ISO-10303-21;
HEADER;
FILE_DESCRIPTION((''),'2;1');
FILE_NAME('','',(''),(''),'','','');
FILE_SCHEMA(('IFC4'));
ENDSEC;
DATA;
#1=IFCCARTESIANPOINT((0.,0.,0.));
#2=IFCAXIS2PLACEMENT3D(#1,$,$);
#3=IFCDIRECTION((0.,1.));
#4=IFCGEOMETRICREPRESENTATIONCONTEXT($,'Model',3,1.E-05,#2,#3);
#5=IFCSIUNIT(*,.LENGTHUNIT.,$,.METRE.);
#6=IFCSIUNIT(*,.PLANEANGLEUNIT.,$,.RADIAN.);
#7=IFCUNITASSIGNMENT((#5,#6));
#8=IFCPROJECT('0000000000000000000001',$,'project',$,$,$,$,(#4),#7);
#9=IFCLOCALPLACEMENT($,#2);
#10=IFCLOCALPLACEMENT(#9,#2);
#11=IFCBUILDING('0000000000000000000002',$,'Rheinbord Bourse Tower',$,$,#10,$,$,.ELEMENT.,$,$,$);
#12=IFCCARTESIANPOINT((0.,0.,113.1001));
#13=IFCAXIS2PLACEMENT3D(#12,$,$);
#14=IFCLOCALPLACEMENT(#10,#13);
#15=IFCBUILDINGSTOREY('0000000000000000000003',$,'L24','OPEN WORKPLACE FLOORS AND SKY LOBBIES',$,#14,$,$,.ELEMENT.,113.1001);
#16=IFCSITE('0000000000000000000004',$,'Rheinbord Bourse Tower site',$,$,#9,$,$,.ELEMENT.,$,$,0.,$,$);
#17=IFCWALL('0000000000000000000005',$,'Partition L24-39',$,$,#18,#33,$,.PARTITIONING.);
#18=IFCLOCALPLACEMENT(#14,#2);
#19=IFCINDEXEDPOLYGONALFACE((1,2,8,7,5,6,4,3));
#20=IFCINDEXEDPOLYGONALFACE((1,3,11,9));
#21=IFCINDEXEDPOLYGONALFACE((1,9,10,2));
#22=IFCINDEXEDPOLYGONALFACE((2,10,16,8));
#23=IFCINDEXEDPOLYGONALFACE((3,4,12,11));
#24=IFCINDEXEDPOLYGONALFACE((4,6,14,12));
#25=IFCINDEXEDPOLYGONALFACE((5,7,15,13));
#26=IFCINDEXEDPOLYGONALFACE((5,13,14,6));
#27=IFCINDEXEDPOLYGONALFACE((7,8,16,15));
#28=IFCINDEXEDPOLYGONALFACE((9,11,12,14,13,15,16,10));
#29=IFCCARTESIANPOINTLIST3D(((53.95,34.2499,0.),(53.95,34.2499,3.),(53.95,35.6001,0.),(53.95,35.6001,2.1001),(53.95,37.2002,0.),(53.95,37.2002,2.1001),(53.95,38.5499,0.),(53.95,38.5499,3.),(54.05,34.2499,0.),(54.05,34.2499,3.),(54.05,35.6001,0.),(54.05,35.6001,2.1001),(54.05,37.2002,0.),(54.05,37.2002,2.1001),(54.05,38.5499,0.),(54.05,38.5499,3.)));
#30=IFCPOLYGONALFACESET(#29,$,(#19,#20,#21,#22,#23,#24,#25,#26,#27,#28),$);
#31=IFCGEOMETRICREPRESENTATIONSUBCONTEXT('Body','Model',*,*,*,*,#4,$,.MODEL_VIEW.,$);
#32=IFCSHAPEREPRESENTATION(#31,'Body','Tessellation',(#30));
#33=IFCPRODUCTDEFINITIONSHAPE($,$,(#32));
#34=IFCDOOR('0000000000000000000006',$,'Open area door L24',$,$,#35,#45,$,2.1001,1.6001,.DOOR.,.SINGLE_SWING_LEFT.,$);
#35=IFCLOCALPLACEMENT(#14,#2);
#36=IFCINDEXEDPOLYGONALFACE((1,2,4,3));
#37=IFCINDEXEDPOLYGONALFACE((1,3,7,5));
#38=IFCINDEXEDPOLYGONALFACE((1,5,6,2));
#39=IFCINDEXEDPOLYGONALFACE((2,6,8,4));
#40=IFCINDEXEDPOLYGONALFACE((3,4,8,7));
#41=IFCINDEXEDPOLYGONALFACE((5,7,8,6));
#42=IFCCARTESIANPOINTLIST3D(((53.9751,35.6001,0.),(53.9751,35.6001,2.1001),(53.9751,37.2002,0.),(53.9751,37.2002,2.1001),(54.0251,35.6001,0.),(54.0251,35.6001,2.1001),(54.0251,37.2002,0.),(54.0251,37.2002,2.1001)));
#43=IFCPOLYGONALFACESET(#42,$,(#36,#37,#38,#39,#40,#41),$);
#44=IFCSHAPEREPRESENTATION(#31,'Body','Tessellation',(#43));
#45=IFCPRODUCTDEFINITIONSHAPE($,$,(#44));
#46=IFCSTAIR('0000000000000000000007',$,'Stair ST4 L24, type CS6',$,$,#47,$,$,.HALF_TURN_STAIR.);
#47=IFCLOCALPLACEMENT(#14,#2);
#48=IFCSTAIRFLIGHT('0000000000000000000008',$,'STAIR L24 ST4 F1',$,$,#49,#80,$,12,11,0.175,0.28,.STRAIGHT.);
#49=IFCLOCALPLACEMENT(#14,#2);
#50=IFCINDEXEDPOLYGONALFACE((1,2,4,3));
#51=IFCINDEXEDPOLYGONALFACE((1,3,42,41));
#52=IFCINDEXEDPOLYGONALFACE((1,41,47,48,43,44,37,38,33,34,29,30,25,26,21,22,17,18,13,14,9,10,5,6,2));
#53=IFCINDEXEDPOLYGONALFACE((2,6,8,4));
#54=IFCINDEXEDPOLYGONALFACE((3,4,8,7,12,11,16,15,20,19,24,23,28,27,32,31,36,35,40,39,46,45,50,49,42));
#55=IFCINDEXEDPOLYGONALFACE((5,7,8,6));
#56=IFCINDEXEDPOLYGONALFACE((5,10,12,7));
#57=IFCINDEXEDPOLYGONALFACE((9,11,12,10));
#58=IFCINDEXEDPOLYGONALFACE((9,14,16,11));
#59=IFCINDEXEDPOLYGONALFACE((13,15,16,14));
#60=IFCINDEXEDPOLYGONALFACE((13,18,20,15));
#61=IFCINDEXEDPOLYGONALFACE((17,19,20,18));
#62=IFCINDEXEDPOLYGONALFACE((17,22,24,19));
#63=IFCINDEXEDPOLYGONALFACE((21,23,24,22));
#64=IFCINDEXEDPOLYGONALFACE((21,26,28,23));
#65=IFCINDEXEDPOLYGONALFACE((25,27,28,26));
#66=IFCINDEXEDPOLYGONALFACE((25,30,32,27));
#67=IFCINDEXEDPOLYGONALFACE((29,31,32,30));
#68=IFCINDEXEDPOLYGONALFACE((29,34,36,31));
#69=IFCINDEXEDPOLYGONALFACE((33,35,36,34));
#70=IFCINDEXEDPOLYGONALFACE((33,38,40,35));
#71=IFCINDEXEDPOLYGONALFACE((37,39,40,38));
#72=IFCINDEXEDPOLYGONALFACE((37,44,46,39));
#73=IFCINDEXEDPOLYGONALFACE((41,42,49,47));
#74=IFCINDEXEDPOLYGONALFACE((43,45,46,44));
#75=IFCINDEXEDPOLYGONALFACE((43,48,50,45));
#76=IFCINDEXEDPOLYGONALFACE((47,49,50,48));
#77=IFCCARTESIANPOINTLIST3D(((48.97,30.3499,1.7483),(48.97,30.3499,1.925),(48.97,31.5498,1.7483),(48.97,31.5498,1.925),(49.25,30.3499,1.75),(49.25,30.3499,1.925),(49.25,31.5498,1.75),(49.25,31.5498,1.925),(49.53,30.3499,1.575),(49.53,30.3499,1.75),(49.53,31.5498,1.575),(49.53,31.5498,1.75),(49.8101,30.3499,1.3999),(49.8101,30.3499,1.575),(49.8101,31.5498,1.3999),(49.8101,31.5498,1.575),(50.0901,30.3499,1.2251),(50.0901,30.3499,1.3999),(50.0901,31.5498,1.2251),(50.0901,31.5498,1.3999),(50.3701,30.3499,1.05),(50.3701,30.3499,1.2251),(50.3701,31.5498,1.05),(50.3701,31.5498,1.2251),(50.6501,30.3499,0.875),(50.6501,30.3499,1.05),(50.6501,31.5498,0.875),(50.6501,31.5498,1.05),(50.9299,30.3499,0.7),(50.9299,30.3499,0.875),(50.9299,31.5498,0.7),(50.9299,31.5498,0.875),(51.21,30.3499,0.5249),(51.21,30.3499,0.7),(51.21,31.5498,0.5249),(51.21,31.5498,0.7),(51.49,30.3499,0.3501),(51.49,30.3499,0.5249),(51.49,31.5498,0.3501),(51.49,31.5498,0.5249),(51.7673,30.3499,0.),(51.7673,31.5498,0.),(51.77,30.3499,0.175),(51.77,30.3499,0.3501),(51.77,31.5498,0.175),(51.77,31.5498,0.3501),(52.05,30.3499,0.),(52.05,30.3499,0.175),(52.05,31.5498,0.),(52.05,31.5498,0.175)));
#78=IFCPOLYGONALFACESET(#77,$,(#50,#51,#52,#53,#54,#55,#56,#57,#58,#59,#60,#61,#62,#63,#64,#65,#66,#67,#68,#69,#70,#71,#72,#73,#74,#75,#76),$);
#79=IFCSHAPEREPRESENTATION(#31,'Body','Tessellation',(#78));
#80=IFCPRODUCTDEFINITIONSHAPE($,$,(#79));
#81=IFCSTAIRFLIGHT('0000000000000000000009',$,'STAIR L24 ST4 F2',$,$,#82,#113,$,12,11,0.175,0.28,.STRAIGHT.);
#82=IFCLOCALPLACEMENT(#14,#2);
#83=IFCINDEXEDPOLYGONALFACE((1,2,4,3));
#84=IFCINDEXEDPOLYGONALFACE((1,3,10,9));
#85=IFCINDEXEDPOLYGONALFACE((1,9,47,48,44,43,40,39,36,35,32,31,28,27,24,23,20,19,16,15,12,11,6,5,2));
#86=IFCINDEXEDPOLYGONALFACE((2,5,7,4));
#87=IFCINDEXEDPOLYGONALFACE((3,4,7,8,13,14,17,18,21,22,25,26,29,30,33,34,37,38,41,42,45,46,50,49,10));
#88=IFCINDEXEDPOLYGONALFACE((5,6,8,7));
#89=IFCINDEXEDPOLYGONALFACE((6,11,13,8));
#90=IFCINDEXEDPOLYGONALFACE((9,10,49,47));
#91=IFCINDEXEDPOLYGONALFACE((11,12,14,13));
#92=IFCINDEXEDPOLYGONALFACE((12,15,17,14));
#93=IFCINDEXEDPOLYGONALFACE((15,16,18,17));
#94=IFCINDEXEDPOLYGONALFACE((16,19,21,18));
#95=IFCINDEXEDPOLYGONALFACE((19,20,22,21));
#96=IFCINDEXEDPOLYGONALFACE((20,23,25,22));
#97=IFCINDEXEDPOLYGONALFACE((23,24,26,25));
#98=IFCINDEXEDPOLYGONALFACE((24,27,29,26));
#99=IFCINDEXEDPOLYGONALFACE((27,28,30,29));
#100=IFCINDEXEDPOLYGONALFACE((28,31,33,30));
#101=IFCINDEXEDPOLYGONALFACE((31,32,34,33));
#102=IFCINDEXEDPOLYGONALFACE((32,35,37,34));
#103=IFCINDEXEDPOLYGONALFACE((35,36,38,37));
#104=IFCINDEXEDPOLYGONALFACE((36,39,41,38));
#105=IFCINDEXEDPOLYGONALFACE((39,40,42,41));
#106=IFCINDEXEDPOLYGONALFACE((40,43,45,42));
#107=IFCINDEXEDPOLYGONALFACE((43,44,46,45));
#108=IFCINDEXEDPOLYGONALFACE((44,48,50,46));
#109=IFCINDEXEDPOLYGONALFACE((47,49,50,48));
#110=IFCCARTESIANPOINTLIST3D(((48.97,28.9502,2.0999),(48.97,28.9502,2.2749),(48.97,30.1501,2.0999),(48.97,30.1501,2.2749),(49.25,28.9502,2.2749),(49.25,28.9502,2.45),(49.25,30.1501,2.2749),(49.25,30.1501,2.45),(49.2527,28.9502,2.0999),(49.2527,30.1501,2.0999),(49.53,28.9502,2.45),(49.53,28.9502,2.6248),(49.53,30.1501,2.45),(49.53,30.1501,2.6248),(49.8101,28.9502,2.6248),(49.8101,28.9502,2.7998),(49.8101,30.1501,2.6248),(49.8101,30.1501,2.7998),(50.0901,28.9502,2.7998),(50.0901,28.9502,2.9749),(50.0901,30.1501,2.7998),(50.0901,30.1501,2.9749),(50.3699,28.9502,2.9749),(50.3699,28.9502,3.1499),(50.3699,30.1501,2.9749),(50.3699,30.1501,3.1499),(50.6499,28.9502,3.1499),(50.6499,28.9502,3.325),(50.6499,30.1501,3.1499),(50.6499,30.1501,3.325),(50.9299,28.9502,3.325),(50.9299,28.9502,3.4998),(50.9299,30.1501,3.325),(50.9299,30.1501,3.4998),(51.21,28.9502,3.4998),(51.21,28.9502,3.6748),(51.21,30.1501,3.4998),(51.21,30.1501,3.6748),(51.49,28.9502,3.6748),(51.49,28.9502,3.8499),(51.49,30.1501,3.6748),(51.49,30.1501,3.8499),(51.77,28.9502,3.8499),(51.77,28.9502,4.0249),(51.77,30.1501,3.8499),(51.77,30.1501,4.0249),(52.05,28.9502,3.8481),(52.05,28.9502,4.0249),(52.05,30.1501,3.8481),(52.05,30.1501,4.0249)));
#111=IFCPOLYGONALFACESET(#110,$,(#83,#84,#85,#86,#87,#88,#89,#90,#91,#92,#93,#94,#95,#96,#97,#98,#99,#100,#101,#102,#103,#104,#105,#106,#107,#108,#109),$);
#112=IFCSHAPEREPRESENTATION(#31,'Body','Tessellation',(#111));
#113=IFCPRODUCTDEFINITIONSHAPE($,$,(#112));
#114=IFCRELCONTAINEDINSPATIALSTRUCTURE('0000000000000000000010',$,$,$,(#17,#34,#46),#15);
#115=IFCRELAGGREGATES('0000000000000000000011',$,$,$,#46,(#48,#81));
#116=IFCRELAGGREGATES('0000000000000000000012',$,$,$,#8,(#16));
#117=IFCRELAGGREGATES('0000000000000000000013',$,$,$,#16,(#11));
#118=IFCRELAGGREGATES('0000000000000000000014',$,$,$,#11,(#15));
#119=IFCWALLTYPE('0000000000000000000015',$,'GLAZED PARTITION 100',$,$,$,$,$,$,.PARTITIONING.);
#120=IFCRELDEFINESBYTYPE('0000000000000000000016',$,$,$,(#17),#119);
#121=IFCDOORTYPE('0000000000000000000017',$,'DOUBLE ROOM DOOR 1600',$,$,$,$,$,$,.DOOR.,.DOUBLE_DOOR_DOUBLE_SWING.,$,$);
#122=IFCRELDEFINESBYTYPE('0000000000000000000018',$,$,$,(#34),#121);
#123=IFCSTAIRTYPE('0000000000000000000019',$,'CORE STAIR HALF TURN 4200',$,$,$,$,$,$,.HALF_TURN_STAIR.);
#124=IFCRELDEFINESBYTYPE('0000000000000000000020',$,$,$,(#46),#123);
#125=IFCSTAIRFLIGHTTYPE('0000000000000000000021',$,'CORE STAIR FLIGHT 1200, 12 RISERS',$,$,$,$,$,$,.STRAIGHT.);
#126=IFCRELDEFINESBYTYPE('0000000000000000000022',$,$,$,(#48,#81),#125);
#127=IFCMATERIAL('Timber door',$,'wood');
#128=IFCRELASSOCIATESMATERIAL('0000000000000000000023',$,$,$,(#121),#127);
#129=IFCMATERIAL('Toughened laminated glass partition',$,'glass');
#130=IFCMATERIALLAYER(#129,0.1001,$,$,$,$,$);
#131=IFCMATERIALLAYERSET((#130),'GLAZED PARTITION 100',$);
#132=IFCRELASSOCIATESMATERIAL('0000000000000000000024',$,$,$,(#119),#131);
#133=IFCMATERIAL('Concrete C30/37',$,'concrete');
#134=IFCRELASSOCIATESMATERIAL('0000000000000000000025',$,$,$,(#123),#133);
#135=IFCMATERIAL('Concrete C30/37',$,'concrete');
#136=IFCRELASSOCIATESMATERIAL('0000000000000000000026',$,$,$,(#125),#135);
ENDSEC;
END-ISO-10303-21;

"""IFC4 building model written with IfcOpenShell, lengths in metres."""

from ifc_helpers import new_model, si_unit, direction, frame, frame_2d, origin, place, context, subcontext, project, spatial, polyline, rectangle, outline, extrude, material, layer, layer_set, type_object, element, fill, aggregate, save


model = new_model("IFC4")

# Units and contexts
model_context = context("Model", 3, precision=1e-05, world=origin(), true_north=direction((0.0, 1.0)))
body_context = subcontext(model_context, "Body", "Model", "MODEL_VIEW")
ifc_project = project(units=[si_unit("LENGTHUNIT", "METRE"), si_unit("PLANEANGLEUNIT", "RADIAN")], contexts=[model_context])

# Site, building, storey
site_placement = place(None, origin())
site = spatial("IfcSite", under=ifc_project, at=site_placement, Name="Rheinbord Bourse Tower site", CompositionType="ELEMENT", RefElevation=0.0)
building_placement = place(site_placement, origin())
building = spatial("IfcBuilding", under=site, at=building_placement, Name="Rheinbord Bourse Tower", CompositionType="ELEMENT")
storey_placement = place(building_placement, frame((0.0, 0.0, 113.1001)))
storey = spatial("IfcBuildingStorey", under=building, at=storey_placement, Name="L24", Description="OPEN WORKPLACE FLOORS AND SKY LOBBIES", CompositionType="ELEMENT", Elevation=113.1001)

# Shared definitions
ifc_material_1 = material(Name="Timber door", Category="wood")
door_type = type_object("IfcDoorType", Name="DOUBLE ROOM DOOR 1600", OperationType="DOUBLE_DOOR_DOUBLE_SWING", PredefinedType="DOOR", material=ifc_material_1)

# Shared definitions
ifc_material_2 = material(Name="Toughened laminated glass partition", Category="glass")
ifc_layer_1 = layer(ifc_material_2, 0.1001)
ifc_layer_set_1 = layer_set([ifc_layer_1], Name="GLAZED PARTITION 100")
wall_type_1 = type_object("IfcWallType", Name="GLAZED PARTITION 100", PredefinedType="PARTITIONING", material=ifc_layer_set_1)

# Wall, opening, door
wall_1_placement = place(storey_placement, frame((54.0, 34.25, 0.0), z_axis=(0.0, 0.0, 1.0), x_axis=(0.0, 1.0, 0.0)))
wall_1 = element("IfcWall", 1, at=wall_1_placement, inside=storey, type_object=wall_type_1, Name="Partition L24-39", PredefinedType="PARTITIONING", context=body_context, shape_type="SweptSolid", body=[
    extrude(rectangle(XDim=4.3, YDim=0.1001, at=frame_2d((2.1499, 0.0))), origin(), (0.0, 0.0, 1.0), 3.0),
])
opening_1_placement = place(wall_1_placement, frame((1.3501, 0.0, 0.0)))
opening_1 = element("IfcOpeningElement", 2, at=opening_1_placement, cuts=wall_1, PredefinedType="OPENING", context=body_context, shape_type="SweptSolid", body=[
    extrude(rectangle(XDim=1.6001, YDim=2.1001, at=frame_2d((0.8, 1.05))), frame((0.0, 0.0601, 0.0), z_axis=(0.0, -1.0, 0.0), x_axis=(1.0, 0.0, 0.0)), (0.0, 0.0, 1.0), 0.1201),
])
door_1_placement = place(opening_1_placement, origin())
door_1 = element("IfcDoor", 3, at=door_1_placement, inside=storey, type_object=door_type, Name="Open area door L24", OperationType="SINGLE_SWING_LEFT", OverallHeight=2.1001, OverallWidth=1.6001, PredefinedType="DOOR", context=body_context, shape_type="SweptSolid", body=[
    extrude(rectangle(XDim=1.6001, YDim=2.1001, at=frame_2d((0.8, 1.05))), frame((0.0, 0.0249, 0.0), z_axis=(0.0, -1.0, 0.0), x_axis=(1.0, 0.0, 0.0)), (0.0, 0.0, 1.0), 0.05),
])
fill(opening_1, door_1)

# Stair, stair flights
ifc_material_3 = material(Name="Concrete C30/37", Category="concrete")
stair_type = type_object("IfcStairType", Name="CORE STAIR HALF TURN 4200", PredefinedType="HALF_TURN_STAIR", material=ifc_material_3)
stair_placement = place(storey_placement, origin())
stair = element("IfcStair", 4, at=stair_placement, inside=storey, type_object=stair_type, Name="Stair ST4 L24, type CS6", PredefinedType="HALF_TURN_STAIR")
ifc_material_4 = material(Name="Concrete C30/37", Category="concrete")
stair_flight_type = type_object("IfcStairFlightType", Name="CORE STAIR FLIGHT 1200, 12 RISERS", PredefinedType="STRAIGHT", material=ifc_material_4)
stair_flight_1_placement = place(storey_placement, frame((52.05, 30.95, 0.0), z_axis=(0.0, 0.0, 1.0), x_axis=(-1.0, 0.0, 0.0)))
stair_flight_1 = element("IfcStairFlight", 5, at=stair_flight_1_placement, type_object=stair_flight_type, Name="STAIR L24 ST4 F1", NumberOfRisers=12, NumberOfTreads=11, PredefinedType="STRAIGHT", RiserHeight=0.175, TreadLength=0.28, context=body_context, shape_type="SweptSolid", body=[
    extrude(outline(polyline([(0.0, 0.0), (0.0, 0.175), (0.28, 0.175), (0.28, 0.3501), (0.5601, 0.3501), (0.5601, 0.5249), (0.8401, 0.5249), (0.8401, 0.7), (1.1201, 0.7), (1.1201, 0.875), (1.3999, 0.875), (1.3999, 1.05), (1.6799, 1.05), (1.6799, 1.2251), (1.96, 1.2251), (1.96, 1.3999), (2.24, 1.3999), (2.24, 1.575), (2.52, 1.575), (2.52, 1.75), (2.8, 1.75), (2.8, 1.925), (3.0801, 1.925), (3.0801, 2.1001), (3.0801, 1.7483), (0.2827, 0.0), (0.0, 0.0)])), frame((0.0, 0.6001, 0.0), z_axis=(0.0, -1.0, 0.0), x_axis=(1.0, 0.0, 0.0)), (0.0, 0.0, 1.0), 1.2),
])
stair_flight_2_placement = place(storey_placement, frame((48.97, 29.55, 2.0999), z_axis=(0.0, 0.0, 1.0), x_axis=(1.0, 0.0, 0.0)))
stair_flight_2 = element("IfcStairFlight", 6, at=stair_flight_2_placement, type_object=stair_flight_type, Name="STAIR L24 ST4 F2", NumberOfRisers=12, NumberOfTreads=11, PredefinedType="STRAIGHT", RiserHeight=0.175, TreadLength=0.28, context=body_context, shape_type="SweptSolid", body=[
    extrude(outline(polyline([(0.0, 0.0), (0.0, 0.175), (0.28, 0.175), (0.28, 0.3501), (0.5601, 0.3501), (0.5601, 0.5249), (0.8401, 0.5249), (0.8401, 0.7), (1.1201, 0.7), (1.1201, 0.875), (1.3999, 0.875), (1.3999, 1.05), (1.6799, 1.05), (1.6799, 1.2251), (1.96, 1.2251), (1.96, 1.3999), (2.24, 1.3999), (2.24, 1.575), (2.52, 1.575), (2.52, 1.75), (2.8, 1.75), (2.8, 1.925), (3.0801, 1.925), (3.0801, 2.1001), (3.0801, 1.7483), (0.2827, 0.0), (0.0, 0.0)])), frame((0.0, 0.6001, 0.0), z_axis=(0.0, -1.0, 0.0), x_axis=(1.0, 0.0, 0.0)), (0.0, 0.0, 1.0), 1.2),
])
aggregate(stair, [stair_flight_1, stair_flight_2])

save(model, "model.ifc")
